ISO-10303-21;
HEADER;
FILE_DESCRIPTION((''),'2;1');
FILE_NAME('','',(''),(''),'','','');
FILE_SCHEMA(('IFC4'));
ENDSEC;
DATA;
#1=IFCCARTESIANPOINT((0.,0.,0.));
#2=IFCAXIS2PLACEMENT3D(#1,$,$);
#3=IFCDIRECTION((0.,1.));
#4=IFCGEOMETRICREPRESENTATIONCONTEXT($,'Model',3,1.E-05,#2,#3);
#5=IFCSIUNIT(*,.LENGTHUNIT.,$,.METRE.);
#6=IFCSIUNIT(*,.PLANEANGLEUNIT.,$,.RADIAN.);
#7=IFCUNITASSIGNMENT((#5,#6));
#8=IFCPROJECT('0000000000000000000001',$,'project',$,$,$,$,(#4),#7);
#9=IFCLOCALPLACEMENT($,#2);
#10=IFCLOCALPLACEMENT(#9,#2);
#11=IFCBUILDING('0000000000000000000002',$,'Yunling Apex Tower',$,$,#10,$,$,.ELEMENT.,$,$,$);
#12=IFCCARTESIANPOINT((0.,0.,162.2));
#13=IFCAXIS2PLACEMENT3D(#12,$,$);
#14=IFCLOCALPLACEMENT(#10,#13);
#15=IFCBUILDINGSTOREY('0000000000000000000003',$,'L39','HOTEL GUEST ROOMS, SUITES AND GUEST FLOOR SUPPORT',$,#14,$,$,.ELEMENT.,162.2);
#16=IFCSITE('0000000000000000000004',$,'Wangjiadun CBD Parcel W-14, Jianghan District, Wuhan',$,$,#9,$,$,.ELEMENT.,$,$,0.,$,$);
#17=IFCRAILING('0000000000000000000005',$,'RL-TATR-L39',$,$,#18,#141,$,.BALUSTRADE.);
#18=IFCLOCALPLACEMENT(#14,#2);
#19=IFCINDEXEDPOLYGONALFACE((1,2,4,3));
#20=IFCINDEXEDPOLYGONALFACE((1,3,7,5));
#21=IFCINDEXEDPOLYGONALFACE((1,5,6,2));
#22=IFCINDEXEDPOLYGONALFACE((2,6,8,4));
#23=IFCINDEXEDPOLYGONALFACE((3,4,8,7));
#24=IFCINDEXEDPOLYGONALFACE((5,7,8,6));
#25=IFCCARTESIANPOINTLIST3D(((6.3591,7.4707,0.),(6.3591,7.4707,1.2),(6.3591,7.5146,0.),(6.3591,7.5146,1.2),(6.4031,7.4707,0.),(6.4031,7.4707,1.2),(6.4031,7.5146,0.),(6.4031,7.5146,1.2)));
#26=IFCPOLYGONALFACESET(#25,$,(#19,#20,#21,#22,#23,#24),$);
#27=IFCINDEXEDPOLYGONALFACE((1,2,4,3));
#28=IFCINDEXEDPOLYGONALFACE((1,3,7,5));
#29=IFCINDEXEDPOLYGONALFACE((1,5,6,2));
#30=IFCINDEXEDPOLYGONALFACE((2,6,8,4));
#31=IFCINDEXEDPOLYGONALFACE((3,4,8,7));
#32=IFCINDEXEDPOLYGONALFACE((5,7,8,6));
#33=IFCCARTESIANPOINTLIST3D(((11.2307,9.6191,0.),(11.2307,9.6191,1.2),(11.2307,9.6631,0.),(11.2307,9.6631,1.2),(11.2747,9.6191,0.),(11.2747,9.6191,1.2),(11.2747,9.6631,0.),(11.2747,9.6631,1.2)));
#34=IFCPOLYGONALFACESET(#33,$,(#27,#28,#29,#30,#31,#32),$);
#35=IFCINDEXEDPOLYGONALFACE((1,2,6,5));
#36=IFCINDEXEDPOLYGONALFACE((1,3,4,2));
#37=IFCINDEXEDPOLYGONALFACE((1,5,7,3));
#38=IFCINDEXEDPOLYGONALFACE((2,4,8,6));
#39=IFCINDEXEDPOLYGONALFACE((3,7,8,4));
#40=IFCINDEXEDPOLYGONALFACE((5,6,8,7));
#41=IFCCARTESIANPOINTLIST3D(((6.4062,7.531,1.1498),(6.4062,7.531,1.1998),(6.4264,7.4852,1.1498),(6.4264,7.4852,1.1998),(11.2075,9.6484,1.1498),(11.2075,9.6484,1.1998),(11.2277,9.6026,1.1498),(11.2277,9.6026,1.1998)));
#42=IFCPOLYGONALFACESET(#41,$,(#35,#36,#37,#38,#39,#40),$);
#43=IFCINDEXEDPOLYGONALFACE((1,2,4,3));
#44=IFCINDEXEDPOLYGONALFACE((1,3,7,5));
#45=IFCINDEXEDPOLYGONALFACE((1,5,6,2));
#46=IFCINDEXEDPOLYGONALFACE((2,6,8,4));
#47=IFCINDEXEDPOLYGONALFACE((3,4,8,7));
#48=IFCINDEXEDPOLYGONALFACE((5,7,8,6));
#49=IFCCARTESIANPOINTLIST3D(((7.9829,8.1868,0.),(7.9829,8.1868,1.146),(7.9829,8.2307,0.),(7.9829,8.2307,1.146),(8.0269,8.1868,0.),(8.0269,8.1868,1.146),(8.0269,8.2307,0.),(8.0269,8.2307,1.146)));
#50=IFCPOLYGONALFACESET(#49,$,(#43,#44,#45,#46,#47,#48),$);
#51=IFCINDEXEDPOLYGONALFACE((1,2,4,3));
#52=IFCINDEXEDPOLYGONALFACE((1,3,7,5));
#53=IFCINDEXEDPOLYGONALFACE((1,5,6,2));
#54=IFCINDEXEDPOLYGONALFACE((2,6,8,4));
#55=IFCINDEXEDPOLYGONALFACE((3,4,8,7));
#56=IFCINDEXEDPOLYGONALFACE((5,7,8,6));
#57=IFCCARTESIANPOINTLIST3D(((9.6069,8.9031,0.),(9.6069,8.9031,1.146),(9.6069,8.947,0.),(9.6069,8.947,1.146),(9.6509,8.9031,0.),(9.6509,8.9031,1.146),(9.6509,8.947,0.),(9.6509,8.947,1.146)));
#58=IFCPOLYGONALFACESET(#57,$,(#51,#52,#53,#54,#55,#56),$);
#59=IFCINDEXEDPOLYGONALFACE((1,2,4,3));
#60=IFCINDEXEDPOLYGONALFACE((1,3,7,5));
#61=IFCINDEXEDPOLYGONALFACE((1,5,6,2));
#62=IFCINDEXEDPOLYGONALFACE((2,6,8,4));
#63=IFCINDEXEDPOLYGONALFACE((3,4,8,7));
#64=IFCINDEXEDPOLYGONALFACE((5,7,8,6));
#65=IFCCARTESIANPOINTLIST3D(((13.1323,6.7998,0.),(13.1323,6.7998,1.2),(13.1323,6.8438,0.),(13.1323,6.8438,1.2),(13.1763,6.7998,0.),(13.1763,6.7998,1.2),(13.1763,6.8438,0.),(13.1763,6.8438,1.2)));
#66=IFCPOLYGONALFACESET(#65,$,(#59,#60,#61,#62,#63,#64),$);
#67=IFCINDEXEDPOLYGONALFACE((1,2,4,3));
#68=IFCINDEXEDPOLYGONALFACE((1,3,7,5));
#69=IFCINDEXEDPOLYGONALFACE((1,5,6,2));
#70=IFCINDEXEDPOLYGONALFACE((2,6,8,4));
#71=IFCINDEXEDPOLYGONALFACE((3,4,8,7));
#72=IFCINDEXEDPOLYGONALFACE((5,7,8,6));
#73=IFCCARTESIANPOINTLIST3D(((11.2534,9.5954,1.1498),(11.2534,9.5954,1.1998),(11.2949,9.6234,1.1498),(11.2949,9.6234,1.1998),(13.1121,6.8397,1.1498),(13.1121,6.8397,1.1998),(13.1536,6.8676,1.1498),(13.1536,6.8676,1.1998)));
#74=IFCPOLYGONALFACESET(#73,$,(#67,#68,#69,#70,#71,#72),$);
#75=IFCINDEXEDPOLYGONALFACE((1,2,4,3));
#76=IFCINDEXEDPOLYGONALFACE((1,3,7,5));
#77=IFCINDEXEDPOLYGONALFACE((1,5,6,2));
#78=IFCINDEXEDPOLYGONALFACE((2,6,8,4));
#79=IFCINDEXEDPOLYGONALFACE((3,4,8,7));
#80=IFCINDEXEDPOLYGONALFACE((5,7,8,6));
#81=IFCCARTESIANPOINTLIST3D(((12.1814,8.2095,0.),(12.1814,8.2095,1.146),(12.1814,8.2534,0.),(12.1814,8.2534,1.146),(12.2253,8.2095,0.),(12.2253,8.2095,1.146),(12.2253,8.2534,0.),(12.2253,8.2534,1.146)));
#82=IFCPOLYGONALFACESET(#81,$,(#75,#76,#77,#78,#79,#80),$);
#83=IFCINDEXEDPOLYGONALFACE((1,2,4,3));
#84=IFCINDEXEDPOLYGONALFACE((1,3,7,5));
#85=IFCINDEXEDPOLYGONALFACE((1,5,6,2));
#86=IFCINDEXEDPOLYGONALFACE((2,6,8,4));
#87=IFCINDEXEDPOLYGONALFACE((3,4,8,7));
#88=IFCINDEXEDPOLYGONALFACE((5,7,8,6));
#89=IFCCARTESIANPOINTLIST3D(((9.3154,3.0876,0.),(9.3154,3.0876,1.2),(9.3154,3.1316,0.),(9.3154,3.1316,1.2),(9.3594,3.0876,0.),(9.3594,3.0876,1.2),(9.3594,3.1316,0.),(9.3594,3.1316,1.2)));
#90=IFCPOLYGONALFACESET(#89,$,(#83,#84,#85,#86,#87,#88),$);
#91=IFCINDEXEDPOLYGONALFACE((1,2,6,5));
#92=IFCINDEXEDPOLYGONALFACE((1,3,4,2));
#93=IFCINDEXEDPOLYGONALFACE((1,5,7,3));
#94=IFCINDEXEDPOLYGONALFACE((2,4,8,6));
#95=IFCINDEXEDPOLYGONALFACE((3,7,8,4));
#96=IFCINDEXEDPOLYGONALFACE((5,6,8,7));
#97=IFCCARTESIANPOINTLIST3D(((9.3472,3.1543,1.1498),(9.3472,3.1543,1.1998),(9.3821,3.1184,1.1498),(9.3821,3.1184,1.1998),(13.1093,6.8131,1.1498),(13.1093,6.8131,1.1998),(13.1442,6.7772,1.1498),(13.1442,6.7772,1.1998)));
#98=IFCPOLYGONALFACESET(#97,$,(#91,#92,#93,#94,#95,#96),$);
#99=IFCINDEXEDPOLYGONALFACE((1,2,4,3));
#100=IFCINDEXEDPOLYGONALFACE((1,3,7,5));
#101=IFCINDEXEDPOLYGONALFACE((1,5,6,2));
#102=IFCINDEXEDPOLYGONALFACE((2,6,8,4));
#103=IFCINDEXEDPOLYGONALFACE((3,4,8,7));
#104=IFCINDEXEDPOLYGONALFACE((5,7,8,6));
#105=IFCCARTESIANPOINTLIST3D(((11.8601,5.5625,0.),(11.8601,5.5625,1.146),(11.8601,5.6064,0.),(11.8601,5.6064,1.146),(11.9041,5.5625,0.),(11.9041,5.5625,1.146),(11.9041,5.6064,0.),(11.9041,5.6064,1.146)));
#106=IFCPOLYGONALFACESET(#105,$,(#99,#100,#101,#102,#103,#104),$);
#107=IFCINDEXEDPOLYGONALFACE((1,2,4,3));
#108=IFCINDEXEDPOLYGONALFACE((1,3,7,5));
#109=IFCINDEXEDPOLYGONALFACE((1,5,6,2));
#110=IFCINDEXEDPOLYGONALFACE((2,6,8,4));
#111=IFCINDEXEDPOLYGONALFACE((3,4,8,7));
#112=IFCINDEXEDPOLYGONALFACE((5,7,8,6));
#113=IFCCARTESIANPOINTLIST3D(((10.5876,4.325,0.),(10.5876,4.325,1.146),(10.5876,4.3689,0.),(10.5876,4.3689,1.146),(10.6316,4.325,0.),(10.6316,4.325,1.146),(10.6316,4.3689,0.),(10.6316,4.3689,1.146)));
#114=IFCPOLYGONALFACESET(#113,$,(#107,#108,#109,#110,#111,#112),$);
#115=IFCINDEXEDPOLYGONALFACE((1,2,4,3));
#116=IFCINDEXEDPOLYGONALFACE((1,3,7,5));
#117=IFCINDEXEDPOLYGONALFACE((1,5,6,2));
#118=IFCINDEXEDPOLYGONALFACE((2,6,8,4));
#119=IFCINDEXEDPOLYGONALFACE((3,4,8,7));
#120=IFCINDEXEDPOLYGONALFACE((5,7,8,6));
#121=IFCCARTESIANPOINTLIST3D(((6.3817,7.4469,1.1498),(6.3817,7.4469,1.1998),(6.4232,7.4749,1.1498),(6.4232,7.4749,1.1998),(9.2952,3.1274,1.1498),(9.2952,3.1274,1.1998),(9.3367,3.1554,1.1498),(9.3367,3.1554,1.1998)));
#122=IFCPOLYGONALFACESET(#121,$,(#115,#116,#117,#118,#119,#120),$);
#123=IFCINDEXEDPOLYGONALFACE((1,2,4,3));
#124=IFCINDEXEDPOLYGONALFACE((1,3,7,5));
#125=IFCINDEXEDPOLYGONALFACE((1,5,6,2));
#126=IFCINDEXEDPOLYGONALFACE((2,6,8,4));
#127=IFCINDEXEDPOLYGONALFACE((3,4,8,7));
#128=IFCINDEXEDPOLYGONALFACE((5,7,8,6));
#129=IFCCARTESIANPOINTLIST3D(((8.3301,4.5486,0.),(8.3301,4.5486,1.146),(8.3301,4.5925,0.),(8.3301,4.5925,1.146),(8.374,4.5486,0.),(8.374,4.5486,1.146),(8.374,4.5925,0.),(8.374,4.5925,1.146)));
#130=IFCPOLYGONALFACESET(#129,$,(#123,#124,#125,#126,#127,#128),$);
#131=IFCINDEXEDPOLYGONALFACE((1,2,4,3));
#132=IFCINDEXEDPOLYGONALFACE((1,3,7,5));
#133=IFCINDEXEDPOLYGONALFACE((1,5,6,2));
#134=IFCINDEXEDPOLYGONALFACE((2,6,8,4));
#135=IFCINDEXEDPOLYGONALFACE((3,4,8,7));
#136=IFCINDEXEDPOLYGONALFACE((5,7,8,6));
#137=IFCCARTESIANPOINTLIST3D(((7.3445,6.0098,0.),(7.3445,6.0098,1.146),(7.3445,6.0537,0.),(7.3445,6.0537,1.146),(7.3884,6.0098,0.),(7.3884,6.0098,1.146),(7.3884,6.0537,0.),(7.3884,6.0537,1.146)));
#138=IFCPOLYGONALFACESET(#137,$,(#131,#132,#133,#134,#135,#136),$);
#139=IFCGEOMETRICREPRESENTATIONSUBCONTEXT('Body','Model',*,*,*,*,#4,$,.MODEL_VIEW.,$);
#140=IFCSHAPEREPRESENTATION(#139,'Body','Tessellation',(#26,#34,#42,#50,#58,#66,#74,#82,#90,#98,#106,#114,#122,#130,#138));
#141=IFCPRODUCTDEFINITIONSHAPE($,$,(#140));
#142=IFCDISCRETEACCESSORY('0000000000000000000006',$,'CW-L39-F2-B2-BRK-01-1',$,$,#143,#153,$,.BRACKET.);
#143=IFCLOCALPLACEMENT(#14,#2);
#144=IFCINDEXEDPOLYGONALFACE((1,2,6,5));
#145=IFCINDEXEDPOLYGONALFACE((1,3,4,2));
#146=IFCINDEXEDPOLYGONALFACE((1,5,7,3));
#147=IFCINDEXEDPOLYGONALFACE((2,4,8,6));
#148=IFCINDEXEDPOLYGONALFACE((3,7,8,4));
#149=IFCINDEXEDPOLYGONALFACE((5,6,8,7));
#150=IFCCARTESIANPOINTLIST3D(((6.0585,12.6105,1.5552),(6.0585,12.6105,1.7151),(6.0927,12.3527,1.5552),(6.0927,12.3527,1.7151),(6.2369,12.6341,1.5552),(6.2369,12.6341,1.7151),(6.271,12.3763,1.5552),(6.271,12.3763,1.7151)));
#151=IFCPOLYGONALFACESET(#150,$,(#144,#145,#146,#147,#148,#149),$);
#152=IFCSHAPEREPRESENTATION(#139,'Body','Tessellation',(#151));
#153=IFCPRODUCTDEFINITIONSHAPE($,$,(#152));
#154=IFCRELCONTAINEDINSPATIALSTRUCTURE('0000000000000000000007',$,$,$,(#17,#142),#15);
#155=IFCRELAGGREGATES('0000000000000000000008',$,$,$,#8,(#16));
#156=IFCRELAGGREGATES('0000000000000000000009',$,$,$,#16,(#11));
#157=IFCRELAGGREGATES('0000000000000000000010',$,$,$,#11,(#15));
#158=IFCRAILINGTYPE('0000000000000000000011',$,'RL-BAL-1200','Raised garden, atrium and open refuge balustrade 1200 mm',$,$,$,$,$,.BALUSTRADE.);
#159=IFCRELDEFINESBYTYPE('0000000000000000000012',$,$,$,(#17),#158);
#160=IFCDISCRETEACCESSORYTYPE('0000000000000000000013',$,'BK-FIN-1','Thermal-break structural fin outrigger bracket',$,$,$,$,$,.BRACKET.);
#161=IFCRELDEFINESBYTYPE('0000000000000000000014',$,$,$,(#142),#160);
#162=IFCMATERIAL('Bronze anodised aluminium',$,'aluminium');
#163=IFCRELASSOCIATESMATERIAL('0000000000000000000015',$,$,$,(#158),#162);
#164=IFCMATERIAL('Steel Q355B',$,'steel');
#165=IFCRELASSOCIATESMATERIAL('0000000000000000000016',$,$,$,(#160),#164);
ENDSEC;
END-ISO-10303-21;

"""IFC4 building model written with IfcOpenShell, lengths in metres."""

from ifc_helpers import new_model, si_unit, direction, frame, origin, origin_2d, place, context, subcontext, project, spatial, rectangle, extrude, source, transform, mapped, material, type_object, element, save


model = new_model("IFC4")

# Units and contexts
model_context = context("Model", 3, precision=1e-05, world=origin(), true_north=direction((0.0, 1.0)))
body_context = subcontext(model_context, "Body", "Model", "MODEL_VIEW")
ifc_project = project(units=[si_unit("LENGTHUNIT", "METRE"), si_unit("PLANEANGLEUNIT", "RADIAN")], contexts=[model_context])

# Site, building, storey
site_placement = place(None, origin())
site = spatial("IfcSite", under=ifc_project, at=site_placement, Name="Wangjiadun CBD Parcel W-14, Jianghan District, Wuhan", CompositionType="ELEMENT", RefElevation=0.0)
building_placement = place(site_placement, origin())
building = spatial("IfcBuilding", under=site, at=building_placement, Name="Yunling Apex Tower", CompositionType="ELEMENT")
storey_placement = place(building_placement, frame((0.0, 0.0, 162.2)))
storey = spatial("IfcBuildingStorey", under=building, at=storey_placement, Name="L39", Description="HOTEL GUEST ROOMS, SUITES AND GUEST FLOOR SUPPORT", CompositionType="ELEMENT", Elevation=162.2)

# Shared definitions
ifc_material_1 = material(Name="Steel Q355B", Category="steel")

# Shared definitions
ifc_material_2 = material(Name="Bronze anodised aluminium", Category="aluminium")

# Railing
railing_type = type_object("IfcRailingType", Name="RL-BAL-1200", Description="Raised garden, atrium and open refuge balustrade 1200 mm", PredefinedType="BALUSTRADE", material=ifc_material_2)
railing_1_placement = place(storey_placement, frame((6.3811, 7.4927, 0.0)))
element("IfcRailing", 1, at=railing_1_placement, inside=storey, type_object=railing_type, Name="RL-TATR-L39", PredefinedType="BALUSTRADE", context=body_context, shape_type="SweptSolid", body=[
    extrude(rectangle(XDim=0.0439, YDim=0.0439, at=origin_2d()), origin(), (0.0, 0.0, 1.0), 1.2),
    extrude(rectangle(XDim=0.0439, YDim=0.0439, at=origin_2d()), frame((4.8716, 2.1484, 0.0)), (0.0, 0.0, 1.0), 1.2),
    extrude(rectangle(XDim=0.05, YDim=0.05, at=origin_2d()), frame((0.0352, 0.0154, 1.1748), z_axis=(0.914973, 0.403516, 0.0), x_axis=(-0.403516, 0.914973, 0.0)), (0.0, 0.0, 1.0), 5.2476),
    extrude(rectangle(XDim=0.0439, YDim=0.0439, at=origin_2d()), frame((1.6238, 0.7161, 0.0)), (0.0, 0.0, 1.0), 1.146),
    extrude(rectangle(XDim=0.0439, YDim=0.0439, at=origin_2d()), frame((3.2478, 1.4324, 0.0)), (0.0, 0.0, 1.0), 1.146),
    extrude(rectangle(XDim=0.0439, YDim=0.0439, at=origin_2d()), frame((6.7732, -0.6709, 0.0)), (0.0, 0.0, 1.0), 1.2),
    extrude(rectangle(XDim=0.05, YDim=0.05, at=origin_2d()), frame((4.8931, 2.1167, 1.1748), z_axis=(0.559182, -0.829045, 0.0), x_axis=(0.829045, 0.559182, 0.0)), (0.0, 0.0, 1.0), 3.324),
    extrude(rectangle(XDim=0.0439, YDim=0.0439, at=origin_2d()), frame((5.8223, 0.7388, 0.0)), (0.0, 0.0, 1.0), 1.146),
    extrude(rectangle(XDim=0.0439, YDim=0.0439, at=origin_2d()), frame((2.9563, -4.3831, 0.0)), (0.0, 0.0, 1.0), 1.2),
    extrude(rectangle(XDim=0.05, YDim=0.05, at=origin_2d()), frame((6.7456, -0.6975, 1.1748), z_axis=(-0.716874, -0.697203, 0.0), x_axis=(0.697203, -0.716874, 0.0)), (0.0, 0.0, 1.0), 5.2478),
    extrude(rectangle(XDim=0.0439, YDim=0.0439, at=origin_2d()), frame((5.501, -1.9082, 0.0)), (0.0, 0.0, 1.0), 1.146),
    extrude(rectangle(XDim=0.0439, YDim=0.0439, at=origin_2d()), frame((4.2285, -3.1458, 0.0)), (0.0, 0.0, 1.0), 1.146),
    extrude(rectangle(XDim=0.05, YDim=0.05, at=origin_2d()), frame((2.9348, -4.3513, 1.1748), z_axis=(-0.559179, 0.829047, 0.0), x_axis=(-0.829047, -0.559179, 0.0)), (0.0, 0.0, 1.0), 5.2102),
    extrude(rectangle(XDim=0.0439, YDim=0.0439, at=origin_2d()), frame((1.9709, -2.9221, 0.0)), (0.0, 0.0, 1.0), 1.146),
    extrude(rectangle(XDim=0.0439, YDim=0.0439, at=origin_2d()), frame((0.9854, -1.4609, 0.0)), (0.0, 0.0, 1.0), 1.146),
])

# Discrete accessory
discrete_accessory_type = type_object("IfcDiscreteAccessoryType", Name="BK-FIN-1", Description="Thermal-break structural fin outrigger bracket", PredefinedType="BRACKET", material=ifc_material_1)
shared_shape_1 = source(origin(), body_context, "Body", "SweptSolid", [
    extrude(rectangle(XDim=0.1799, YDim=0.26, at=origin_2d()), origin(), (0.0, 0.0, 1.0), 0.1599),
])
discrete_accessory_placement = place(storey_placement, frame((6.1648, 12.4934, 1.5552), z_axis=(0.0, 0.0, 1.0), x_axis=(-0.991353, -0.131218, 0.0)))
element("IfcDiscreteAccessory", 2, at=discrete_accessory_placement, inside=storey, type_object=discrete_accessory_type, Name="CW-L39-F2-B2-BRK-01-1", PredefinedType="BRACKET", context=body_context, shape_type="MappedRepresentation", body=[
    mapped(shared_shape_1, transform((0.0, 0.0, 0.0), scale=1.0)),
])

save(model, "model.ifc")
